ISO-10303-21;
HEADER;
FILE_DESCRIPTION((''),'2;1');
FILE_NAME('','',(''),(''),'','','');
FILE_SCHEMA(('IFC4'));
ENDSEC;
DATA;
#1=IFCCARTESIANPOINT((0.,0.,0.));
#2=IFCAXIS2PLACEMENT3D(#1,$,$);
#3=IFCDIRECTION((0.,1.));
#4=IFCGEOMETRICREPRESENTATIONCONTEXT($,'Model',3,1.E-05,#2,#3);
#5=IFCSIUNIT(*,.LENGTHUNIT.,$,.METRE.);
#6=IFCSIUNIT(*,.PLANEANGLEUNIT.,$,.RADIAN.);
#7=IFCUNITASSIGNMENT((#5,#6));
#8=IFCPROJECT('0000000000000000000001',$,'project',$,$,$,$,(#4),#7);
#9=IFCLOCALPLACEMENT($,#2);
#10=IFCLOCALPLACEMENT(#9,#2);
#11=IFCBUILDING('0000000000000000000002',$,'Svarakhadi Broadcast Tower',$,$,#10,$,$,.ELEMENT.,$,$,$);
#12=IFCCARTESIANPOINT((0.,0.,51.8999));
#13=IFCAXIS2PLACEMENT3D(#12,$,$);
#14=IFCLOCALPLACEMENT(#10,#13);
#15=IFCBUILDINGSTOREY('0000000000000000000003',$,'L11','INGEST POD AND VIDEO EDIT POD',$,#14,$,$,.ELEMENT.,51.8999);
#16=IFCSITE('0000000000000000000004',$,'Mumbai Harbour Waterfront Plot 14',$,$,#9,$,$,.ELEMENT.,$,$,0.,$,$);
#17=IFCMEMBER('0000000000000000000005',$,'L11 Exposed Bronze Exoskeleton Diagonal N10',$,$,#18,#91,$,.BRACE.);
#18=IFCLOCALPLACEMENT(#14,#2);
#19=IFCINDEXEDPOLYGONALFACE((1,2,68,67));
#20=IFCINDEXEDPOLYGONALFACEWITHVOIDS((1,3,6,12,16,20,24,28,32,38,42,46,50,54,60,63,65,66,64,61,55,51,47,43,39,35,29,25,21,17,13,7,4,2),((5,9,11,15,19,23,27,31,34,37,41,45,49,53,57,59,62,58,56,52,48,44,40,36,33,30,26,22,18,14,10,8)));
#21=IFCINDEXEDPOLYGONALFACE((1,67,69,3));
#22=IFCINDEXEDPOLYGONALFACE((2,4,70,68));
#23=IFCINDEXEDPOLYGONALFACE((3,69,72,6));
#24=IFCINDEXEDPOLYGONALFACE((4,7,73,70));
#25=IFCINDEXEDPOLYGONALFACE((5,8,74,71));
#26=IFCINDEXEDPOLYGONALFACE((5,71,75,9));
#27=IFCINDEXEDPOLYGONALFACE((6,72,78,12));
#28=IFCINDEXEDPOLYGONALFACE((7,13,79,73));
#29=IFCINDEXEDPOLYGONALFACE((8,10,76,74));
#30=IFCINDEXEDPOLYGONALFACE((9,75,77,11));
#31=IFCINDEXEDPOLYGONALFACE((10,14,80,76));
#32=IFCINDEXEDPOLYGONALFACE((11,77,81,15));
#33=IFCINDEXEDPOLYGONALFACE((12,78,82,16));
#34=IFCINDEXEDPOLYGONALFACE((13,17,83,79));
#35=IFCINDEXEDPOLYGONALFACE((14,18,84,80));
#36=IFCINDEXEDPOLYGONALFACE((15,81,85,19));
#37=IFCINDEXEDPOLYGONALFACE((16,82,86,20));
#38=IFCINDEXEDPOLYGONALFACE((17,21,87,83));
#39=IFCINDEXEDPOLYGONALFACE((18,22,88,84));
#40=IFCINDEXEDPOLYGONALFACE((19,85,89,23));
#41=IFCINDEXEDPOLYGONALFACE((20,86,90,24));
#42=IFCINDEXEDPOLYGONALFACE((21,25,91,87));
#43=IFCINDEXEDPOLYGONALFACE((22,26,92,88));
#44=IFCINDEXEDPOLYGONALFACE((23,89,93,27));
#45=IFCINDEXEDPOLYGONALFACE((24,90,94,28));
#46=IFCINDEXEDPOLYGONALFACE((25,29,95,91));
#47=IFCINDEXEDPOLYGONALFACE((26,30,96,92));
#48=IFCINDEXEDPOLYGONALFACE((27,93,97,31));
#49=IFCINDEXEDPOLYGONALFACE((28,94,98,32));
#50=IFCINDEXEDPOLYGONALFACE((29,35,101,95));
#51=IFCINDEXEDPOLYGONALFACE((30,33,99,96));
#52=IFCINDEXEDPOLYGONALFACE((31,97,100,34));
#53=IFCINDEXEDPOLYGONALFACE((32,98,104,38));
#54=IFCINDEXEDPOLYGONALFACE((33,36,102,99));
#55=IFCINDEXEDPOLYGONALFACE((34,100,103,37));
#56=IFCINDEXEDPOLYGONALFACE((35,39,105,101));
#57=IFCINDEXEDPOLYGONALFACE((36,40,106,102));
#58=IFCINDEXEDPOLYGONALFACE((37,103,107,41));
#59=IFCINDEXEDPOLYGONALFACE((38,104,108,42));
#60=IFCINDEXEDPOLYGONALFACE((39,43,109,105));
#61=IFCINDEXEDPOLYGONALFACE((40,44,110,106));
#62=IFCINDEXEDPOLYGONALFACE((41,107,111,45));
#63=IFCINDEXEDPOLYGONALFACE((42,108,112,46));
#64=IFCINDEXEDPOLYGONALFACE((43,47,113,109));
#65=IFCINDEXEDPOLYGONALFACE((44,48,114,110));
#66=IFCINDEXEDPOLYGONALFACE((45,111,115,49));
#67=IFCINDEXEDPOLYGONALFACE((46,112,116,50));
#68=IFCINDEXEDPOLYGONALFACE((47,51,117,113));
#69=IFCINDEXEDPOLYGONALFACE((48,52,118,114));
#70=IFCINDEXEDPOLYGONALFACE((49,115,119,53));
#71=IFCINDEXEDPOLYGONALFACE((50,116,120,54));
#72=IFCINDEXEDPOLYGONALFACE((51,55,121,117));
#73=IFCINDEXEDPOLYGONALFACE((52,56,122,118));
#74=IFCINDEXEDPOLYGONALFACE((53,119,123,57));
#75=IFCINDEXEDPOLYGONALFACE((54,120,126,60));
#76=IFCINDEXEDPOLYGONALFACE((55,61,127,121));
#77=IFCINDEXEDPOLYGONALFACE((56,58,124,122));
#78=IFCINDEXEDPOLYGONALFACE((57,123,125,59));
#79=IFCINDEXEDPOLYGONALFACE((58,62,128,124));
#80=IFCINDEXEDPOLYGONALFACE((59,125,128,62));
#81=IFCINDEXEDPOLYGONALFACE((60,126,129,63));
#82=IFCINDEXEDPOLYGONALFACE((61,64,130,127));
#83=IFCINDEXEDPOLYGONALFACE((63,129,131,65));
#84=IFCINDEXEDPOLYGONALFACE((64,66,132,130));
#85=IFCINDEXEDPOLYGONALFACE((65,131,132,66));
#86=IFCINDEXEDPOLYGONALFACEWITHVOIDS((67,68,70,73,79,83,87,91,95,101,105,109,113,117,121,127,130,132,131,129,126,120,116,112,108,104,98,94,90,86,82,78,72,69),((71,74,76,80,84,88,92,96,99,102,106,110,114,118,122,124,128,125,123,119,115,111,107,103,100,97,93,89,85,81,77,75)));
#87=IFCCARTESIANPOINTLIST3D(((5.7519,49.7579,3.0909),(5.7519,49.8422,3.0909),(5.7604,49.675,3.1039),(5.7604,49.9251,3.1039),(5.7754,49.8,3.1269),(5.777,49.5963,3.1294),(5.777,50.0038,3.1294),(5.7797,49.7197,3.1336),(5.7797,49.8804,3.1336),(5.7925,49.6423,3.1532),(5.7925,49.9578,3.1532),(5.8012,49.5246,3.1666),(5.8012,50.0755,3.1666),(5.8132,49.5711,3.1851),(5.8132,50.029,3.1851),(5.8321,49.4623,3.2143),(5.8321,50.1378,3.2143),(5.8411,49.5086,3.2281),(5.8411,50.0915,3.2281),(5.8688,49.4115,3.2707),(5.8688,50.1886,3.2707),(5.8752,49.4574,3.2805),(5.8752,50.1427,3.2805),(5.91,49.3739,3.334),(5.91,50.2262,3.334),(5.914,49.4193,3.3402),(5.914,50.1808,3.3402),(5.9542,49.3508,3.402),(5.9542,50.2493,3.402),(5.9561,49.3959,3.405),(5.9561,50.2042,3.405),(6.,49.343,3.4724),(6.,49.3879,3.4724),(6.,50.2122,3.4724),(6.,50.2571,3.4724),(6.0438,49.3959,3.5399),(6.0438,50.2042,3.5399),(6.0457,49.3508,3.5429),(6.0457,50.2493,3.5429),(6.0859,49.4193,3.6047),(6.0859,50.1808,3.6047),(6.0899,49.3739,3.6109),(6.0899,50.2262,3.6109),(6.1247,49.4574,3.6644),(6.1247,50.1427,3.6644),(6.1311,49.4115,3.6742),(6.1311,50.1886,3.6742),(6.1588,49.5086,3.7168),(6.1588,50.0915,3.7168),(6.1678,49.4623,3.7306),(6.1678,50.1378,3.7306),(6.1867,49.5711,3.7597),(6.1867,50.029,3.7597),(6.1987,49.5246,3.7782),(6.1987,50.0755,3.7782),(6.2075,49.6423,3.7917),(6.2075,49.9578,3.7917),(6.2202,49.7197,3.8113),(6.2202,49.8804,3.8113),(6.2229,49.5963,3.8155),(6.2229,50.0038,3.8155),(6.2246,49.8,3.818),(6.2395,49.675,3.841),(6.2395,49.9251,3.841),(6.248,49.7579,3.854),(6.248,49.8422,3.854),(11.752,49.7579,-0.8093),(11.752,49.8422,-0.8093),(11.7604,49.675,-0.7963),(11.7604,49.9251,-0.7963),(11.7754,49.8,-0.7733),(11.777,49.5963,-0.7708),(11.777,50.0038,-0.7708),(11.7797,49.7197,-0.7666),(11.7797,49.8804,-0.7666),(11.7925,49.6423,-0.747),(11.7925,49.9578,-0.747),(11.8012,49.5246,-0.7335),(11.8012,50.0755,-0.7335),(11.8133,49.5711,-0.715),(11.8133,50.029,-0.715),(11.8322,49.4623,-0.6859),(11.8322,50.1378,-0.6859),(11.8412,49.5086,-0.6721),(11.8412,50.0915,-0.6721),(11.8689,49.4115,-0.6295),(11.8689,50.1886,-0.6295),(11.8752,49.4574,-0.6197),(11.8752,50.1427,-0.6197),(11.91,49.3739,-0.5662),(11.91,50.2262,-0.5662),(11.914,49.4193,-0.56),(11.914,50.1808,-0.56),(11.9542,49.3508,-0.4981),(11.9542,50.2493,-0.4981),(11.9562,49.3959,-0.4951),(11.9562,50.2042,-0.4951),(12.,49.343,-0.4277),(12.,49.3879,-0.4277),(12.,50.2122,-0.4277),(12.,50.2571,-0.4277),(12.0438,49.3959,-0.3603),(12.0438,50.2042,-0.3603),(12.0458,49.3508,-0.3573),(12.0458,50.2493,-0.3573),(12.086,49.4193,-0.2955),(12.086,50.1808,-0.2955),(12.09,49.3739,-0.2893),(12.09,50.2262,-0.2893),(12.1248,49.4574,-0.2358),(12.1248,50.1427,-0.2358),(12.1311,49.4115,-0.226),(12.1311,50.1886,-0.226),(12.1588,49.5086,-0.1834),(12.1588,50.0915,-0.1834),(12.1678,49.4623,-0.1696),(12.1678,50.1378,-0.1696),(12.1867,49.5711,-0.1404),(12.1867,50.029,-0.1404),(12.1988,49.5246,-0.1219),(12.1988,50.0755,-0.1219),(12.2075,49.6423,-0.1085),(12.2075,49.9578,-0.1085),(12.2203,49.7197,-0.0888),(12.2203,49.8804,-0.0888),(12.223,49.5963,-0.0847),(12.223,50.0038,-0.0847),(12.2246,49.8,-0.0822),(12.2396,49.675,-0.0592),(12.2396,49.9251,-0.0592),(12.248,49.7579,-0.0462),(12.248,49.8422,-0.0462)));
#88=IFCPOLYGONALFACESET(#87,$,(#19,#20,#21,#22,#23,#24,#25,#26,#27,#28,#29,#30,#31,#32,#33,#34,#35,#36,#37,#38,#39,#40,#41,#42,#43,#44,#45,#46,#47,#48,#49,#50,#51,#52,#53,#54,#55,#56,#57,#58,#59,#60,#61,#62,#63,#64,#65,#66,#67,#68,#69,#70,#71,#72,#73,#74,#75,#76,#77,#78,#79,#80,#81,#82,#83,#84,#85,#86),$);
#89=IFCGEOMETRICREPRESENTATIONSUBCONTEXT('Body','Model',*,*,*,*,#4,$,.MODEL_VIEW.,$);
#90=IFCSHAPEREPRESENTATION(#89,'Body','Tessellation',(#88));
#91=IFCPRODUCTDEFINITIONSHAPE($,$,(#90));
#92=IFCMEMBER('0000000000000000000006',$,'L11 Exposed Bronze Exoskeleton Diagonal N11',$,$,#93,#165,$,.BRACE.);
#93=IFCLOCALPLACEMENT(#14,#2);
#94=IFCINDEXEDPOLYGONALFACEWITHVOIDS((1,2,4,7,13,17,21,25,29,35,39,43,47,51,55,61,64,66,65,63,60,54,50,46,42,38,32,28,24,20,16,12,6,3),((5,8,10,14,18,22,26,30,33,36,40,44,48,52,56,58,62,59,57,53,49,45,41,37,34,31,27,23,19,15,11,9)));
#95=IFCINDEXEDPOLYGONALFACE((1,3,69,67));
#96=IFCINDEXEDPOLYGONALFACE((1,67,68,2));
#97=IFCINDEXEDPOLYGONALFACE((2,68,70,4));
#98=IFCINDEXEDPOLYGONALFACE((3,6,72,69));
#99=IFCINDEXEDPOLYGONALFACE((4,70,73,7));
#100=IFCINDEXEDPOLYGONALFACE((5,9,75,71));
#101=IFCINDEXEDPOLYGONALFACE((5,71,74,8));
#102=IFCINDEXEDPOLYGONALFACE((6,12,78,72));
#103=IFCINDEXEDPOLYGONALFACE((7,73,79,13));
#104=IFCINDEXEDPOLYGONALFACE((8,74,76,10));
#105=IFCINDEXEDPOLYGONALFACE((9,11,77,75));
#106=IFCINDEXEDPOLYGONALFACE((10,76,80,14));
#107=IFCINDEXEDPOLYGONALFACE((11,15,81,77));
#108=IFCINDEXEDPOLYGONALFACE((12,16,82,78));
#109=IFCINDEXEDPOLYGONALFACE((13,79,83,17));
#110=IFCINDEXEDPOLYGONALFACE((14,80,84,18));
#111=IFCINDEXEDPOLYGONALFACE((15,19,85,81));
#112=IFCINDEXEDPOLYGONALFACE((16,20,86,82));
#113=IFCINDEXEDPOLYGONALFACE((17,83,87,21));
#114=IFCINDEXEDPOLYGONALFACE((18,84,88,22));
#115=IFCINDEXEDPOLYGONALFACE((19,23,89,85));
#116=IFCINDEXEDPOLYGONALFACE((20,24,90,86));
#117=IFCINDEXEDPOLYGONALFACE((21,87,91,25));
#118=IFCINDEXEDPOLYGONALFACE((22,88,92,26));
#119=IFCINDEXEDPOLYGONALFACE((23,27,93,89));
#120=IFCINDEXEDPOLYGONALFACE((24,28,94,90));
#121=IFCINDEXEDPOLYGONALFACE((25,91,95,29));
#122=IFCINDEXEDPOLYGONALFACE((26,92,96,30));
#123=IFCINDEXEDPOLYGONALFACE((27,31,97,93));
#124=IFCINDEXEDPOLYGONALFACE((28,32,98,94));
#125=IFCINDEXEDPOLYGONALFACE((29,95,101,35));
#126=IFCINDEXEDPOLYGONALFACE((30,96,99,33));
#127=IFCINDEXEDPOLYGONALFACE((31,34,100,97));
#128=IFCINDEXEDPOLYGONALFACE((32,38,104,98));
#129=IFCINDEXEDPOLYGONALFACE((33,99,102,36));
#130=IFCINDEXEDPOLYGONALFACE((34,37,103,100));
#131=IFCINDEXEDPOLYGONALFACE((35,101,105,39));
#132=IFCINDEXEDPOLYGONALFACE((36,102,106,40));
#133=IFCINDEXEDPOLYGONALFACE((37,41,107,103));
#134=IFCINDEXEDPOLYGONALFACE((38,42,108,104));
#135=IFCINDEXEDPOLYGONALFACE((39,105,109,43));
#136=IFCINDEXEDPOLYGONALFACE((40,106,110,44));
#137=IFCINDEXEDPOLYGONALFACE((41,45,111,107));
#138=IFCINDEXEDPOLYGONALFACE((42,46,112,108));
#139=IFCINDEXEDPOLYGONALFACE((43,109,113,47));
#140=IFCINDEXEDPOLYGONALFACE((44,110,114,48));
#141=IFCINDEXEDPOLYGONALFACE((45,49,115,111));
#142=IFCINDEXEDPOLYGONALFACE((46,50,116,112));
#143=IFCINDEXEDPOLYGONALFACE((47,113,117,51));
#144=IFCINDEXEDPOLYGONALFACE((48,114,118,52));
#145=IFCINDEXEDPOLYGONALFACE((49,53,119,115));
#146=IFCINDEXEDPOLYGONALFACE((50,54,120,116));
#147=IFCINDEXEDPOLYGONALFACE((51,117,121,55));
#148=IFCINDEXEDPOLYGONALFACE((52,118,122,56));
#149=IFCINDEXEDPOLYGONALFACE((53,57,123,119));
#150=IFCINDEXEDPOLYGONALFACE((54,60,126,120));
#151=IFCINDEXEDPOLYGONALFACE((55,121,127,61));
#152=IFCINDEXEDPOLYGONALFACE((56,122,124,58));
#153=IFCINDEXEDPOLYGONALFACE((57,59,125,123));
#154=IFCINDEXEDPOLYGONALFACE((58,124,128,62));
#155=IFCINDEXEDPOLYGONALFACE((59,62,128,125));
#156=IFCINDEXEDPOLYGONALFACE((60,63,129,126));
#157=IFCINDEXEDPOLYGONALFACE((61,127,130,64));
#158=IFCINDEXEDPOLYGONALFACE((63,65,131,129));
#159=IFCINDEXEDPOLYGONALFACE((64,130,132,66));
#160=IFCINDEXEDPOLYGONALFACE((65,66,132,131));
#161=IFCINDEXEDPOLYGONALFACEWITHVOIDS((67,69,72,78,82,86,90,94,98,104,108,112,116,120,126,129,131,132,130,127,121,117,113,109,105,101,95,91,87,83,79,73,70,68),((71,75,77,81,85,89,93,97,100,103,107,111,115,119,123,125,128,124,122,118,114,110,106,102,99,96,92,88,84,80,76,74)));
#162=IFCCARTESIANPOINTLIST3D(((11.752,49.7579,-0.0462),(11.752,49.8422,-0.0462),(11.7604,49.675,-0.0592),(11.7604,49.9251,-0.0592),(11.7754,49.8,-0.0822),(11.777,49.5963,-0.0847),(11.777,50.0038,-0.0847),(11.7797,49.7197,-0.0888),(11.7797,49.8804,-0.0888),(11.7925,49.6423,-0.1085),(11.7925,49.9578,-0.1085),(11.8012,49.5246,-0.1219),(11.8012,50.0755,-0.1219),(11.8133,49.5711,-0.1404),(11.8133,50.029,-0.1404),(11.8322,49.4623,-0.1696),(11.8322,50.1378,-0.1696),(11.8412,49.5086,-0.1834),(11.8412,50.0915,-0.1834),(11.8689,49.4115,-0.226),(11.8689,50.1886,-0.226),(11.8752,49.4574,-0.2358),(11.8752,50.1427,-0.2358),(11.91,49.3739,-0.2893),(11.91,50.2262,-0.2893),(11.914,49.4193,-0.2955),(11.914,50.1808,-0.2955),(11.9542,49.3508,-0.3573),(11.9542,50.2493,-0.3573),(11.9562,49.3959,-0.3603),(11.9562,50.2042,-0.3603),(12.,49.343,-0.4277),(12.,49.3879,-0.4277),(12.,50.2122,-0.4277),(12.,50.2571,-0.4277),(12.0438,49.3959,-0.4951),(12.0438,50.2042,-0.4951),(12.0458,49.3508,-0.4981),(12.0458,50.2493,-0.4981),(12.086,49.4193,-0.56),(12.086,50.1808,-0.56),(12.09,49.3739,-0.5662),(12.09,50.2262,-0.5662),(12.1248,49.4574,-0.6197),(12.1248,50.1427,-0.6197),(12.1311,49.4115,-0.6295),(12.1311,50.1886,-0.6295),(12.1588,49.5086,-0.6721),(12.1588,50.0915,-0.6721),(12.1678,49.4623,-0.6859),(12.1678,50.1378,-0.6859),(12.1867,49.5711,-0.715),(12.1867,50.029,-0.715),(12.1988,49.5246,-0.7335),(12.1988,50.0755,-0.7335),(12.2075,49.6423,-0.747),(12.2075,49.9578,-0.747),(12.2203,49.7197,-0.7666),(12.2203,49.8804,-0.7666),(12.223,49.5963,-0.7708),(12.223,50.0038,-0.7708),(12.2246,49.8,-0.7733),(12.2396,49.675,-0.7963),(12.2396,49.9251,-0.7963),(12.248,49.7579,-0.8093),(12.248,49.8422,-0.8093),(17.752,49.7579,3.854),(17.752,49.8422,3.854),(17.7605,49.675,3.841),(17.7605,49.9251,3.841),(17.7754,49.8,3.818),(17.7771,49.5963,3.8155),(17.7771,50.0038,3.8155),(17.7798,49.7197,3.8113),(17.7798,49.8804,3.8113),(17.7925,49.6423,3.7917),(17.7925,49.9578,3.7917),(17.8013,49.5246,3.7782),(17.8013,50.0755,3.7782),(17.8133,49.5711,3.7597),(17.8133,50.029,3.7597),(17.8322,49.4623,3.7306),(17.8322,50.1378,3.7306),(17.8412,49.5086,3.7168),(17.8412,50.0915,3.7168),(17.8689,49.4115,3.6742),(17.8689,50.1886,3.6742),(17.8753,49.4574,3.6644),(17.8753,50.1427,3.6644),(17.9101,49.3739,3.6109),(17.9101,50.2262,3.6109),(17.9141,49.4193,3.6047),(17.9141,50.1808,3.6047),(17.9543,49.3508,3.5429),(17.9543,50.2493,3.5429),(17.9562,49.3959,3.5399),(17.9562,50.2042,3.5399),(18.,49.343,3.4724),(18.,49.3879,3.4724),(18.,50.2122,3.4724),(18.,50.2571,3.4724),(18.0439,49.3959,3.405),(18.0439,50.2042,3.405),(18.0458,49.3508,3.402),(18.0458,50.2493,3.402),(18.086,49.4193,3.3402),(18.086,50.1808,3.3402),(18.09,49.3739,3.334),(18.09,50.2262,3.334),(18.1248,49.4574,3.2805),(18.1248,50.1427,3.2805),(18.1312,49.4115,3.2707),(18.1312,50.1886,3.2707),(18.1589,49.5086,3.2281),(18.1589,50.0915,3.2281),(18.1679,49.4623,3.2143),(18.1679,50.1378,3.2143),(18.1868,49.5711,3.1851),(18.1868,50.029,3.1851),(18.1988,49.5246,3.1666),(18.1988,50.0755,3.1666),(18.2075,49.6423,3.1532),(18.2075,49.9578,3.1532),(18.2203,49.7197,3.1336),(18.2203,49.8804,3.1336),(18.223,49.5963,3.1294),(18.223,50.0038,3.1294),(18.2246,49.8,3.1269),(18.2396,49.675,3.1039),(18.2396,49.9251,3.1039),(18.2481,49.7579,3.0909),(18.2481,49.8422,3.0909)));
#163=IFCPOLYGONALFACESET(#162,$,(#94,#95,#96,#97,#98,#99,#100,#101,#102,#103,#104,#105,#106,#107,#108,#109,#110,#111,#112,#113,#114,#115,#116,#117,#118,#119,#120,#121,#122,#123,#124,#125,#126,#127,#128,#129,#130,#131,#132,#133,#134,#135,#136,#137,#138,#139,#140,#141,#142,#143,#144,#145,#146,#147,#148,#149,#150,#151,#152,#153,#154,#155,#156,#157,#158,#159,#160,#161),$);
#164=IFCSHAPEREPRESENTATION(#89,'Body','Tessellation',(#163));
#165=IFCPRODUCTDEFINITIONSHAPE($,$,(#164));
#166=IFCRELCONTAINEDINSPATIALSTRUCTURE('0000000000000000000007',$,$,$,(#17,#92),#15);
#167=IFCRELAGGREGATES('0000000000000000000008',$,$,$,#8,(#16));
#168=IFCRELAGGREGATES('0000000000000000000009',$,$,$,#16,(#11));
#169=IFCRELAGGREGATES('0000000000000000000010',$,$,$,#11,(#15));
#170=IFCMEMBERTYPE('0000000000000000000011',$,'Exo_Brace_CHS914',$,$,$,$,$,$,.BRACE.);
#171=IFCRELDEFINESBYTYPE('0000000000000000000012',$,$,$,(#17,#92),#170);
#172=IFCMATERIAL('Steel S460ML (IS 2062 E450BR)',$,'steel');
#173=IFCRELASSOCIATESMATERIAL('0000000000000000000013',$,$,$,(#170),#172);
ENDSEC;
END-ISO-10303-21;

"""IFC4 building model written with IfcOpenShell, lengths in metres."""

from ifc_helpers import new_model, si_unit, direction, frame, origin, origin_2d, place, context, subcontext, project, spatial, hollow_circle, extrude, material, material_profile, profile_set, type_object, element, save


model = new_model("IFC4")

# Units and contexts
model_context = context("Model", 3, precision=1e-05, world=origin(), true_north=direction((0.0, 1.0)))
body_context = subcontext(model_context, "Body", "Model", "MODEL_VIEW")
ifc_project = project(units=[si_unit("LENGTHUNIT", "METRE"), si_unit("PLANEANGLEUNIT", "RADIAN")], contexts=[model_context])

# Site, building, storey
site_placement = place(None, origin())
site = spatial("IfcSite", under=ifc_project, at=site_placement, Name="Mumbai Harbour Waterfront Plot 14", CompositionType="ELEMENT", RefElevation=0.0)
building_placement = place(site_placement, origin())
building = spatial("IfcBuilding", under=site, at=building_placement, Name="Svarakhadi Broadcast Tower", CompositionType="ELEMENT")
storey_placement = place(building_placement, frame((0.0, 0.0, 51.8999)))
storey = spatial("IfcBuildingStorey", under=building, at=storey_placement, Name="L11", Description="INGEST POD AND VIDEO EDIT POD", CompositionType="ELEMENT", Elevation=51.8999)

# Shared definitions
ifc_material_1 = material(Name="Steel S460ML (IS 2062 E450BR)", Category="steel")

# Members
ifc_material_profile_1 = material_profile(ifc_material_1, hollow_circle(Radius=0.457, WallThickness=0.0449, at=origin_2d()), Name="CHS 914x45")
ifc_profile_set_1 = profile_set([ifc_material_profile_1], Name="Steel S460ML (IS 2062 E450BR)")
member_type_1 = type_object("IfcMemberType", Name="Exo_Brace_CHS914", PredefinedType="BRACE", material=ifc_profile_set_1)
for number, where, z_axis, x_axis, name in (
    (1, (12.0, 49.8, -0.4277), (-0.838434, 0.0, 0.545003), (0.0, -1.0, 0.0), "L11 Exposed Bronze Exoskeleton Diagonal N10"),
    (2, (12.0, 49.8, -0.4277), (0.838434, 0.0, 0.545003), (0.0, 1.0, 0.0), "L11 Exposed Bronze Exoskeleton Diagonal N11"),
):
    element("IfcMember", number, at=place(storey_placement, frame(where, z_axis=z_axis, x_axis=x_axis)), inside=storey, type_object=member_type_1, Name=name, PredefinedType="BRACE", context=body_context, shape_type="SweptSolid", body=[
        extrude(hollow_circle(Radius=0.457, WallThickness=0.0449, at=origin_2d()), origin(), (0.0, 0.0, 1.0), 7.1562),
    ])

save(model, "model.ifc")
